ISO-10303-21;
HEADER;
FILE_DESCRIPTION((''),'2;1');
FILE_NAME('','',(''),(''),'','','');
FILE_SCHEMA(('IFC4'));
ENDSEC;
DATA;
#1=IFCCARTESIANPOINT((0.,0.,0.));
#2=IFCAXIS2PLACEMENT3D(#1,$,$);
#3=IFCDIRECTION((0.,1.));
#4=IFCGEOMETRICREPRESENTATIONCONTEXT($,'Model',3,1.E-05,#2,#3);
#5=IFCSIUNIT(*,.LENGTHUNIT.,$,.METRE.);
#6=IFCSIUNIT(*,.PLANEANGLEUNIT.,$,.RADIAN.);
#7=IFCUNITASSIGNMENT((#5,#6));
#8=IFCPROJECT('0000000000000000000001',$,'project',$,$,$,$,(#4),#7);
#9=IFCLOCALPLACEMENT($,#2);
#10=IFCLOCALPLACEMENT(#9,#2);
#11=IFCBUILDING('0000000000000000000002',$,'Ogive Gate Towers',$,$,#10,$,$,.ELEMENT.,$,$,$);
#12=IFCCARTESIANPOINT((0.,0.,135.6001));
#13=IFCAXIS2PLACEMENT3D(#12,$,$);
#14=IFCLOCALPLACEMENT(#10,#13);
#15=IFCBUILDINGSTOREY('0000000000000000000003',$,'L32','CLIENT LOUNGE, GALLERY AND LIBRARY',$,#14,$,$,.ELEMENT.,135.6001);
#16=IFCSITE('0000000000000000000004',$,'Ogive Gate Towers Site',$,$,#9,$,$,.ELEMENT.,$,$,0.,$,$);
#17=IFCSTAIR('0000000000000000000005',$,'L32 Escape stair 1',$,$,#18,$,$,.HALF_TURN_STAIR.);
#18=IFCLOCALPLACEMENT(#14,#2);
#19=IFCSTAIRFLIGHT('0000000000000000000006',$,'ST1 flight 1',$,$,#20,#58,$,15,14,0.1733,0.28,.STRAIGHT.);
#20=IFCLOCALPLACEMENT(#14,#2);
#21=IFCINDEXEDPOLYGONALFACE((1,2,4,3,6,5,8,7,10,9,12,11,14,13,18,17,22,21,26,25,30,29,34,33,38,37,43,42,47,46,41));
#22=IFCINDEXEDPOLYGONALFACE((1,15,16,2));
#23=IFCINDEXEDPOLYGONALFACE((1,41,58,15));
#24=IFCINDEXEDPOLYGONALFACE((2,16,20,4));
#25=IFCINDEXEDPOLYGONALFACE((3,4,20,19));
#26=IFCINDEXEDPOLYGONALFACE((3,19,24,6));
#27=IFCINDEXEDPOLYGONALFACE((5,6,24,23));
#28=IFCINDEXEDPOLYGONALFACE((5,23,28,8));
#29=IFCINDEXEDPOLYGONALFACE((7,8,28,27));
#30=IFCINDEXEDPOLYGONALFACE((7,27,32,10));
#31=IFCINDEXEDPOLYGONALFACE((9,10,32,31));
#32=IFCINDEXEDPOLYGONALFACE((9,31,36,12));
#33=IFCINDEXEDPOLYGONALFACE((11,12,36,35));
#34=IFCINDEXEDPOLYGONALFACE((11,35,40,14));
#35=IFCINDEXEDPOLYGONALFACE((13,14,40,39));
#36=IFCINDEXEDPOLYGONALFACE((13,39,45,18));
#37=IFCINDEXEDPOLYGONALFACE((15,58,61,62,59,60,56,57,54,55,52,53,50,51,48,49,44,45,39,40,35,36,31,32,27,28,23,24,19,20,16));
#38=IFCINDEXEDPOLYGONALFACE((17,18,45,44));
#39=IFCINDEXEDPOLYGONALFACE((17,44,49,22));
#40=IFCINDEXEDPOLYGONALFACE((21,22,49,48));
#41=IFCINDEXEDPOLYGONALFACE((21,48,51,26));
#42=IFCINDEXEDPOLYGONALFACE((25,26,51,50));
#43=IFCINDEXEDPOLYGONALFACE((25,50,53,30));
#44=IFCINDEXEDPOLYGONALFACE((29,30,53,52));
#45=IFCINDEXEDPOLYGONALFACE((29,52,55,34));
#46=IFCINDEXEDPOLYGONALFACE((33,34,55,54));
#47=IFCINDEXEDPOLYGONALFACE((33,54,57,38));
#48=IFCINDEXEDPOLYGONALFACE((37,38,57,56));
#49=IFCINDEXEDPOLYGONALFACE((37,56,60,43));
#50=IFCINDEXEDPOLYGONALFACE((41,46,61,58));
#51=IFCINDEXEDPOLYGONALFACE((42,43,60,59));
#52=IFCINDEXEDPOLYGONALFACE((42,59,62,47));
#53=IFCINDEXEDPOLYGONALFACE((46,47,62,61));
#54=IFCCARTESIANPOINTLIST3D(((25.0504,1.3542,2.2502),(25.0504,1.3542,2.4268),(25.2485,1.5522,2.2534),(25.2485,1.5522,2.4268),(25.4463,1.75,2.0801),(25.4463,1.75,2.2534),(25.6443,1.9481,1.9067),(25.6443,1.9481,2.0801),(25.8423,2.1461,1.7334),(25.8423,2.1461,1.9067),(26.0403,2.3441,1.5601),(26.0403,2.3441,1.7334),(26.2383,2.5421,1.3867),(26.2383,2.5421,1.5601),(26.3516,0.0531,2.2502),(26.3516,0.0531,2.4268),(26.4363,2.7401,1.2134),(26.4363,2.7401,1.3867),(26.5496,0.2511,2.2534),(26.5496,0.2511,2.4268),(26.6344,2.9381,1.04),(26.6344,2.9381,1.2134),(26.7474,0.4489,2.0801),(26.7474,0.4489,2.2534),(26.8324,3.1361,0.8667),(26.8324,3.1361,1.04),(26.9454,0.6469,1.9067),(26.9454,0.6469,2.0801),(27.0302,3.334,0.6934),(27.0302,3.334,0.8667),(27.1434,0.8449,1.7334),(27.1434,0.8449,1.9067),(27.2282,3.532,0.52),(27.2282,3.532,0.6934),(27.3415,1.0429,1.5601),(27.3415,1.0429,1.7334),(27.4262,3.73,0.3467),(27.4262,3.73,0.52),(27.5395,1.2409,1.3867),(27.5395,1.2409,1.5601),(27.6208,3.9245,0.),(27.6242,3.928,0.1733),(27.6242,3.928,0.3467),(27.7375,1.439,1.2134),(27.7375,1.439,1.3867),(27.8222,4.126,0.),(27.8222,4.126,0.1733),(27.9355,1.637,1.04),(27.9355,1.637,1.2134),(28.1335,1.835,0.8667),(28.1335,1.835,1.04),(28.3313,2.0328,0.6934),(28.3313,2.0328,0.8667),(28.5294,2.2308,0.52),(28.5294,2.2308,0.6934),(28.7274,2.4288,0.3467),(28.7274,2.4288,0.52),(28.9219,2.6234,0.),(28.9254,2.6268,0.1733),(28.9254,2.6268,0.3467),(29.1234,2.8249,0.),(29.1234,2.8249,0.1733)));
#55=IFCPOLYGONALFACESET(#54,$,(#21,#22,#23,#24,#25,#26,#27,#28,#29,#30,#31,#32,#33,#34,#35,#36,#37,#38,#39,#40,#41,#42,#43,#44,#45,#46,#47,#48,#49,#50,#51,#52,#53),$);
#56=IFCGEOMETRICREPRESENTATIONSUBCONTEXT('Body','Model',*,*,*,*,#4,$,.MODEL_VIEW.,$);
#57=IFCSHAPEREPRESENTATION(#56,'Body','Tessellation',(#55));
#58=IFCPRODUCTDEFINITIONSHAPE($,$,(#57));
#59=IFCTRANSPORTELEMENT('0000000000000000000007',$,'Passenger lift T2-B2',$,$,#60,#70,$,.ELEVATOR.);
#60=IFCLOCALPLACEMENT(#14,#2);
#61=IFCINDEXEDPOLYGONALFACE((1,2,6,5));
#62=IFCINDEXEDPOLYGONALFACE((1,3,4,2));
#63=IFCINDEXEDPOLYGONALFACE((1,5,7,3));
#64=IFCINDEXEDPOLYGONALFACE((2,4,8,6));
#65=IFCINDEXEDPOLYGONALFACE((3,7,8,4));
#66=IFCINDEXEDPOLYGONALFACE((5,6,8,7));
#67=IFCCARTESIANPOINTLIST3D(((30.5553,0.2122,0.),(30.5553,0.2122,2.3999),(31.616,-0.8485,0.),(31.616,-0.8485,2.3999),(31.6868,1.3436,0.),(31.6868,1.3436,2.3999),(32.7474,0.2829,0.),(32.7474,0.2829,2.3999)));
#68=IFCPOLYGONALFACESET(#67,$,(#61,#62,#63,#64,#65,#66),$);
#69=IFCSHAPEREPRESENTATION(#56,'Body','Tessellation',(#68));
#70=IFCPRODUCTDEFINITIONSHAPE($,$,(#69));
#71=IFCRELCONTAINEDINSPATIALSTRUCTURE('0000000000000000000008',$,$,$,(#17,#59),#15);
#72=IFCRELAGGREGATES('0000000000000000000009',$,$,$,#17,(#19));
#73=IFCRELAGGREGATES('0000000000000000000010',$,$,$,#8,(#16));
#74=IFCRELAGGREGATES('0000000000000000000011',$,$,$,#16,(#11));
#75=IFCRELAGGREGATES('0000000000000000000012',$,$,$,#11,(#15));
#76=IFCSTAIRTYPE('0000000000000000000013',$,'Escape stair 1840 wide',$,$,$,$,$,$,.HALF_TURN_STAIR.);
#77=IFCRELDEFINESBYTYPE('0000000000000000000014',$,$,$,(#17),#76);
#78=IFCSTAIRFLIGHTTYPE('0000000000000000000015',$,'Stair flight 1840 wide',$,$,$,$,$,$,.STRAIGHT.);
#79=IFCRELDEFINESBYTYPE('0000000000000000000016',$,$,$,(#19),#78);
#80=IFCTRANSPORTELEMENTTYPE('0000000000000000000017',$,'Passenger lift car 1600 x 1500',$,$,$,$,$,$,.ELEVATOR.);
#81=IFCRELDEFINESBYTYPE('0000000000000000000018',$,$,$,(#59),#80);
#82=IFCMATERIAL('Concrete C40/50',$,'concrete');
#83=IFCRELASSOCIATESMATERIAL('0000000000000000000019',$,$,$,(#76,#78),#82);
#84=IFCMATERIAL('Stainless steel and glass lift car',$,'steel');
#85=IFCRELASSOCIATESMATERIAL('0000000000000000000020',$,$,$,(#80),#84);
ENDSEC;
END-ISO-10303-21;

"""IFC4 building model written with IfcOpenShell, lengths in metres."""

from ifc_helpers import new_model, si_unit, direction, frame, origin, origin_2d, place, context, subcontext, project, spatial, polyline, rectangle, outline, extrude, material, type_object, element, aggregate, save


model = new_model("IFC4")

# Units and contexts
model_context = context("Model", 3, precision=1e-05, world=origin(), true_north=direction((0.0, 1.0)))
body_context = subcontext(model_context, "Body", "Model", "MODEL_VIEW")
ifc_project = project(units=[si_unit("LENGTHUNIT", "METRE"), si_unit("PLANEANGLEUNIT", "RADIAN")], contexts=[model_context])

# Site, building, storey
site_placement = place(None, origin())
site = spatial("IfcSite", under=ifc_project, at=site_placement, Name="Ogive Gate Towers Site", CompositionType="ELEMENT", RefElevation=0.0)
building_placement = place(site_placement, origin())
building = spatial("IfcBuilding", under=site, at=building_placement, Name="Ogive Gate Towers", CompositionType="ELEMENT")
storey_placement = place(building_placement, frame((0.0, 0.0, 135.6001)))
storey = spatial("IfcBuildingStorey", under=building, at=storey_placement, Name="L32", Description="CLIENT LOUNGE, GALLERY AND LIBRARY", CompositionType="ELEMENT", Elevation=135.6001)

# Shared definitions
ifc_material_1 = material(Name="Concrete C40/50", Category="concrete")

# Stair, stair flight
stair_type = type_object("IfcStairType", Name="Escape stair 1840 wide", PredefinedType="HALF_TURN_STAIR", material=ifc_material_1)
stair_placement = place(storey_placement, origin())
stair = element("IfcStair", 1, at=stair_placement, inside=storey, type_object=stair_type, Name="L32 Escape stair 1", PredefinedType="HALF_TURN_STAIR")
stair_flight_type = type_object("IfcStairFlightType", Name="Stair flight 1840 wide", PredefinedType="STRAIGHT", material=ifc_material_1)
stair_flight_placement = place(storey_placement, frame((28.4729, 3.4753, 0.0), z_axis=(0.0, 0.0, 1.0), x_axis=(-0.707107, -0.707107, 0.0)))
stair_flight = element("IfcStairFlight", 2, at=stair_flight_placement, type_object=stair_flight_type, Name="ST1 flight 1", NumberOfRisers=15, NumberOfTreads=14, PredefinedType="STRAIGHT", RiserHeight=0.1733, TreadLength=0.28, context=body_context, shape_type="SweptSolid", body=[
    extrude(outline(polyline([(0.0, 0.0), (0.0, 0.1733), (0.28, 0.1733), (0.28, 0.3467), (0.5601, 0.3467), (0.5601, 0.52), (0.8401, 0.52), (0.8401, 0.6934), (1.1201, 0.6934), (1.1201, 0.8667), (1.3999, 0.8667), (1.3999, 1.04), (1.6799, 1.04), (1.6799, 1.2134), (1.96, 1.2134), (1.96, 1.3867), (2.24, 1.3867), (2.24, 1.5601), (2.52, 1.5601), (2.52, 1.7334), (2.8, 1.7334), (2.8, 1.9067), (3.0801, 1.9067), (3.0801, 2.0801), (3.3601, 2.0801), (3.3601, 2.2534), (3.6399, 2.2534), (3.6399, 2.4268), (3.9199, 2.4268), (3.9199, 2.6001), (3.9199, 2.2502), (0.2849, 0.0), (0.0, 0.0)])), frame((0.0, 0.9199, 0.0), z_axis=(0.0, -1.0, 0.0), x_axis=(1.0, 0.0, 0.0)), (0.0, 0.0, 1.0), 1.8401),
])
aggregate(stair, [stair_flight])

# Transport element
ifc_material_2 = material(Name="Stainless steel and glass lift car", Category="steel")
transport_element_type = type_object("IfcTransportElementType", Name="Passenger lift car 1600 x 1500", PredefinedType="ELEVATOR", material=ifc_material_2)
transport_element_placement = place(storey_placement, frame((31.6514, 0.2476, 0.0), z_axis=(0.0, 0.0, 1.0), x_axis=(0.707107, 0.707107, 0.0)))
element("IfcTransportElement", 3, at=transport_element_placement, inside=storey, type_object=transport_element_type, Name="Passenger lift T2-B2", PredefinedType="ELEVATOR", context=body_context, shape_type="SweptSolid", body=[
    extrude(rectangle(XDim=1.6001, YDim=1.5, at=origin_2d()), origin(), (0.0, 0.0, 1.0), 2.3999),
])

save(model, "model.ifc")
